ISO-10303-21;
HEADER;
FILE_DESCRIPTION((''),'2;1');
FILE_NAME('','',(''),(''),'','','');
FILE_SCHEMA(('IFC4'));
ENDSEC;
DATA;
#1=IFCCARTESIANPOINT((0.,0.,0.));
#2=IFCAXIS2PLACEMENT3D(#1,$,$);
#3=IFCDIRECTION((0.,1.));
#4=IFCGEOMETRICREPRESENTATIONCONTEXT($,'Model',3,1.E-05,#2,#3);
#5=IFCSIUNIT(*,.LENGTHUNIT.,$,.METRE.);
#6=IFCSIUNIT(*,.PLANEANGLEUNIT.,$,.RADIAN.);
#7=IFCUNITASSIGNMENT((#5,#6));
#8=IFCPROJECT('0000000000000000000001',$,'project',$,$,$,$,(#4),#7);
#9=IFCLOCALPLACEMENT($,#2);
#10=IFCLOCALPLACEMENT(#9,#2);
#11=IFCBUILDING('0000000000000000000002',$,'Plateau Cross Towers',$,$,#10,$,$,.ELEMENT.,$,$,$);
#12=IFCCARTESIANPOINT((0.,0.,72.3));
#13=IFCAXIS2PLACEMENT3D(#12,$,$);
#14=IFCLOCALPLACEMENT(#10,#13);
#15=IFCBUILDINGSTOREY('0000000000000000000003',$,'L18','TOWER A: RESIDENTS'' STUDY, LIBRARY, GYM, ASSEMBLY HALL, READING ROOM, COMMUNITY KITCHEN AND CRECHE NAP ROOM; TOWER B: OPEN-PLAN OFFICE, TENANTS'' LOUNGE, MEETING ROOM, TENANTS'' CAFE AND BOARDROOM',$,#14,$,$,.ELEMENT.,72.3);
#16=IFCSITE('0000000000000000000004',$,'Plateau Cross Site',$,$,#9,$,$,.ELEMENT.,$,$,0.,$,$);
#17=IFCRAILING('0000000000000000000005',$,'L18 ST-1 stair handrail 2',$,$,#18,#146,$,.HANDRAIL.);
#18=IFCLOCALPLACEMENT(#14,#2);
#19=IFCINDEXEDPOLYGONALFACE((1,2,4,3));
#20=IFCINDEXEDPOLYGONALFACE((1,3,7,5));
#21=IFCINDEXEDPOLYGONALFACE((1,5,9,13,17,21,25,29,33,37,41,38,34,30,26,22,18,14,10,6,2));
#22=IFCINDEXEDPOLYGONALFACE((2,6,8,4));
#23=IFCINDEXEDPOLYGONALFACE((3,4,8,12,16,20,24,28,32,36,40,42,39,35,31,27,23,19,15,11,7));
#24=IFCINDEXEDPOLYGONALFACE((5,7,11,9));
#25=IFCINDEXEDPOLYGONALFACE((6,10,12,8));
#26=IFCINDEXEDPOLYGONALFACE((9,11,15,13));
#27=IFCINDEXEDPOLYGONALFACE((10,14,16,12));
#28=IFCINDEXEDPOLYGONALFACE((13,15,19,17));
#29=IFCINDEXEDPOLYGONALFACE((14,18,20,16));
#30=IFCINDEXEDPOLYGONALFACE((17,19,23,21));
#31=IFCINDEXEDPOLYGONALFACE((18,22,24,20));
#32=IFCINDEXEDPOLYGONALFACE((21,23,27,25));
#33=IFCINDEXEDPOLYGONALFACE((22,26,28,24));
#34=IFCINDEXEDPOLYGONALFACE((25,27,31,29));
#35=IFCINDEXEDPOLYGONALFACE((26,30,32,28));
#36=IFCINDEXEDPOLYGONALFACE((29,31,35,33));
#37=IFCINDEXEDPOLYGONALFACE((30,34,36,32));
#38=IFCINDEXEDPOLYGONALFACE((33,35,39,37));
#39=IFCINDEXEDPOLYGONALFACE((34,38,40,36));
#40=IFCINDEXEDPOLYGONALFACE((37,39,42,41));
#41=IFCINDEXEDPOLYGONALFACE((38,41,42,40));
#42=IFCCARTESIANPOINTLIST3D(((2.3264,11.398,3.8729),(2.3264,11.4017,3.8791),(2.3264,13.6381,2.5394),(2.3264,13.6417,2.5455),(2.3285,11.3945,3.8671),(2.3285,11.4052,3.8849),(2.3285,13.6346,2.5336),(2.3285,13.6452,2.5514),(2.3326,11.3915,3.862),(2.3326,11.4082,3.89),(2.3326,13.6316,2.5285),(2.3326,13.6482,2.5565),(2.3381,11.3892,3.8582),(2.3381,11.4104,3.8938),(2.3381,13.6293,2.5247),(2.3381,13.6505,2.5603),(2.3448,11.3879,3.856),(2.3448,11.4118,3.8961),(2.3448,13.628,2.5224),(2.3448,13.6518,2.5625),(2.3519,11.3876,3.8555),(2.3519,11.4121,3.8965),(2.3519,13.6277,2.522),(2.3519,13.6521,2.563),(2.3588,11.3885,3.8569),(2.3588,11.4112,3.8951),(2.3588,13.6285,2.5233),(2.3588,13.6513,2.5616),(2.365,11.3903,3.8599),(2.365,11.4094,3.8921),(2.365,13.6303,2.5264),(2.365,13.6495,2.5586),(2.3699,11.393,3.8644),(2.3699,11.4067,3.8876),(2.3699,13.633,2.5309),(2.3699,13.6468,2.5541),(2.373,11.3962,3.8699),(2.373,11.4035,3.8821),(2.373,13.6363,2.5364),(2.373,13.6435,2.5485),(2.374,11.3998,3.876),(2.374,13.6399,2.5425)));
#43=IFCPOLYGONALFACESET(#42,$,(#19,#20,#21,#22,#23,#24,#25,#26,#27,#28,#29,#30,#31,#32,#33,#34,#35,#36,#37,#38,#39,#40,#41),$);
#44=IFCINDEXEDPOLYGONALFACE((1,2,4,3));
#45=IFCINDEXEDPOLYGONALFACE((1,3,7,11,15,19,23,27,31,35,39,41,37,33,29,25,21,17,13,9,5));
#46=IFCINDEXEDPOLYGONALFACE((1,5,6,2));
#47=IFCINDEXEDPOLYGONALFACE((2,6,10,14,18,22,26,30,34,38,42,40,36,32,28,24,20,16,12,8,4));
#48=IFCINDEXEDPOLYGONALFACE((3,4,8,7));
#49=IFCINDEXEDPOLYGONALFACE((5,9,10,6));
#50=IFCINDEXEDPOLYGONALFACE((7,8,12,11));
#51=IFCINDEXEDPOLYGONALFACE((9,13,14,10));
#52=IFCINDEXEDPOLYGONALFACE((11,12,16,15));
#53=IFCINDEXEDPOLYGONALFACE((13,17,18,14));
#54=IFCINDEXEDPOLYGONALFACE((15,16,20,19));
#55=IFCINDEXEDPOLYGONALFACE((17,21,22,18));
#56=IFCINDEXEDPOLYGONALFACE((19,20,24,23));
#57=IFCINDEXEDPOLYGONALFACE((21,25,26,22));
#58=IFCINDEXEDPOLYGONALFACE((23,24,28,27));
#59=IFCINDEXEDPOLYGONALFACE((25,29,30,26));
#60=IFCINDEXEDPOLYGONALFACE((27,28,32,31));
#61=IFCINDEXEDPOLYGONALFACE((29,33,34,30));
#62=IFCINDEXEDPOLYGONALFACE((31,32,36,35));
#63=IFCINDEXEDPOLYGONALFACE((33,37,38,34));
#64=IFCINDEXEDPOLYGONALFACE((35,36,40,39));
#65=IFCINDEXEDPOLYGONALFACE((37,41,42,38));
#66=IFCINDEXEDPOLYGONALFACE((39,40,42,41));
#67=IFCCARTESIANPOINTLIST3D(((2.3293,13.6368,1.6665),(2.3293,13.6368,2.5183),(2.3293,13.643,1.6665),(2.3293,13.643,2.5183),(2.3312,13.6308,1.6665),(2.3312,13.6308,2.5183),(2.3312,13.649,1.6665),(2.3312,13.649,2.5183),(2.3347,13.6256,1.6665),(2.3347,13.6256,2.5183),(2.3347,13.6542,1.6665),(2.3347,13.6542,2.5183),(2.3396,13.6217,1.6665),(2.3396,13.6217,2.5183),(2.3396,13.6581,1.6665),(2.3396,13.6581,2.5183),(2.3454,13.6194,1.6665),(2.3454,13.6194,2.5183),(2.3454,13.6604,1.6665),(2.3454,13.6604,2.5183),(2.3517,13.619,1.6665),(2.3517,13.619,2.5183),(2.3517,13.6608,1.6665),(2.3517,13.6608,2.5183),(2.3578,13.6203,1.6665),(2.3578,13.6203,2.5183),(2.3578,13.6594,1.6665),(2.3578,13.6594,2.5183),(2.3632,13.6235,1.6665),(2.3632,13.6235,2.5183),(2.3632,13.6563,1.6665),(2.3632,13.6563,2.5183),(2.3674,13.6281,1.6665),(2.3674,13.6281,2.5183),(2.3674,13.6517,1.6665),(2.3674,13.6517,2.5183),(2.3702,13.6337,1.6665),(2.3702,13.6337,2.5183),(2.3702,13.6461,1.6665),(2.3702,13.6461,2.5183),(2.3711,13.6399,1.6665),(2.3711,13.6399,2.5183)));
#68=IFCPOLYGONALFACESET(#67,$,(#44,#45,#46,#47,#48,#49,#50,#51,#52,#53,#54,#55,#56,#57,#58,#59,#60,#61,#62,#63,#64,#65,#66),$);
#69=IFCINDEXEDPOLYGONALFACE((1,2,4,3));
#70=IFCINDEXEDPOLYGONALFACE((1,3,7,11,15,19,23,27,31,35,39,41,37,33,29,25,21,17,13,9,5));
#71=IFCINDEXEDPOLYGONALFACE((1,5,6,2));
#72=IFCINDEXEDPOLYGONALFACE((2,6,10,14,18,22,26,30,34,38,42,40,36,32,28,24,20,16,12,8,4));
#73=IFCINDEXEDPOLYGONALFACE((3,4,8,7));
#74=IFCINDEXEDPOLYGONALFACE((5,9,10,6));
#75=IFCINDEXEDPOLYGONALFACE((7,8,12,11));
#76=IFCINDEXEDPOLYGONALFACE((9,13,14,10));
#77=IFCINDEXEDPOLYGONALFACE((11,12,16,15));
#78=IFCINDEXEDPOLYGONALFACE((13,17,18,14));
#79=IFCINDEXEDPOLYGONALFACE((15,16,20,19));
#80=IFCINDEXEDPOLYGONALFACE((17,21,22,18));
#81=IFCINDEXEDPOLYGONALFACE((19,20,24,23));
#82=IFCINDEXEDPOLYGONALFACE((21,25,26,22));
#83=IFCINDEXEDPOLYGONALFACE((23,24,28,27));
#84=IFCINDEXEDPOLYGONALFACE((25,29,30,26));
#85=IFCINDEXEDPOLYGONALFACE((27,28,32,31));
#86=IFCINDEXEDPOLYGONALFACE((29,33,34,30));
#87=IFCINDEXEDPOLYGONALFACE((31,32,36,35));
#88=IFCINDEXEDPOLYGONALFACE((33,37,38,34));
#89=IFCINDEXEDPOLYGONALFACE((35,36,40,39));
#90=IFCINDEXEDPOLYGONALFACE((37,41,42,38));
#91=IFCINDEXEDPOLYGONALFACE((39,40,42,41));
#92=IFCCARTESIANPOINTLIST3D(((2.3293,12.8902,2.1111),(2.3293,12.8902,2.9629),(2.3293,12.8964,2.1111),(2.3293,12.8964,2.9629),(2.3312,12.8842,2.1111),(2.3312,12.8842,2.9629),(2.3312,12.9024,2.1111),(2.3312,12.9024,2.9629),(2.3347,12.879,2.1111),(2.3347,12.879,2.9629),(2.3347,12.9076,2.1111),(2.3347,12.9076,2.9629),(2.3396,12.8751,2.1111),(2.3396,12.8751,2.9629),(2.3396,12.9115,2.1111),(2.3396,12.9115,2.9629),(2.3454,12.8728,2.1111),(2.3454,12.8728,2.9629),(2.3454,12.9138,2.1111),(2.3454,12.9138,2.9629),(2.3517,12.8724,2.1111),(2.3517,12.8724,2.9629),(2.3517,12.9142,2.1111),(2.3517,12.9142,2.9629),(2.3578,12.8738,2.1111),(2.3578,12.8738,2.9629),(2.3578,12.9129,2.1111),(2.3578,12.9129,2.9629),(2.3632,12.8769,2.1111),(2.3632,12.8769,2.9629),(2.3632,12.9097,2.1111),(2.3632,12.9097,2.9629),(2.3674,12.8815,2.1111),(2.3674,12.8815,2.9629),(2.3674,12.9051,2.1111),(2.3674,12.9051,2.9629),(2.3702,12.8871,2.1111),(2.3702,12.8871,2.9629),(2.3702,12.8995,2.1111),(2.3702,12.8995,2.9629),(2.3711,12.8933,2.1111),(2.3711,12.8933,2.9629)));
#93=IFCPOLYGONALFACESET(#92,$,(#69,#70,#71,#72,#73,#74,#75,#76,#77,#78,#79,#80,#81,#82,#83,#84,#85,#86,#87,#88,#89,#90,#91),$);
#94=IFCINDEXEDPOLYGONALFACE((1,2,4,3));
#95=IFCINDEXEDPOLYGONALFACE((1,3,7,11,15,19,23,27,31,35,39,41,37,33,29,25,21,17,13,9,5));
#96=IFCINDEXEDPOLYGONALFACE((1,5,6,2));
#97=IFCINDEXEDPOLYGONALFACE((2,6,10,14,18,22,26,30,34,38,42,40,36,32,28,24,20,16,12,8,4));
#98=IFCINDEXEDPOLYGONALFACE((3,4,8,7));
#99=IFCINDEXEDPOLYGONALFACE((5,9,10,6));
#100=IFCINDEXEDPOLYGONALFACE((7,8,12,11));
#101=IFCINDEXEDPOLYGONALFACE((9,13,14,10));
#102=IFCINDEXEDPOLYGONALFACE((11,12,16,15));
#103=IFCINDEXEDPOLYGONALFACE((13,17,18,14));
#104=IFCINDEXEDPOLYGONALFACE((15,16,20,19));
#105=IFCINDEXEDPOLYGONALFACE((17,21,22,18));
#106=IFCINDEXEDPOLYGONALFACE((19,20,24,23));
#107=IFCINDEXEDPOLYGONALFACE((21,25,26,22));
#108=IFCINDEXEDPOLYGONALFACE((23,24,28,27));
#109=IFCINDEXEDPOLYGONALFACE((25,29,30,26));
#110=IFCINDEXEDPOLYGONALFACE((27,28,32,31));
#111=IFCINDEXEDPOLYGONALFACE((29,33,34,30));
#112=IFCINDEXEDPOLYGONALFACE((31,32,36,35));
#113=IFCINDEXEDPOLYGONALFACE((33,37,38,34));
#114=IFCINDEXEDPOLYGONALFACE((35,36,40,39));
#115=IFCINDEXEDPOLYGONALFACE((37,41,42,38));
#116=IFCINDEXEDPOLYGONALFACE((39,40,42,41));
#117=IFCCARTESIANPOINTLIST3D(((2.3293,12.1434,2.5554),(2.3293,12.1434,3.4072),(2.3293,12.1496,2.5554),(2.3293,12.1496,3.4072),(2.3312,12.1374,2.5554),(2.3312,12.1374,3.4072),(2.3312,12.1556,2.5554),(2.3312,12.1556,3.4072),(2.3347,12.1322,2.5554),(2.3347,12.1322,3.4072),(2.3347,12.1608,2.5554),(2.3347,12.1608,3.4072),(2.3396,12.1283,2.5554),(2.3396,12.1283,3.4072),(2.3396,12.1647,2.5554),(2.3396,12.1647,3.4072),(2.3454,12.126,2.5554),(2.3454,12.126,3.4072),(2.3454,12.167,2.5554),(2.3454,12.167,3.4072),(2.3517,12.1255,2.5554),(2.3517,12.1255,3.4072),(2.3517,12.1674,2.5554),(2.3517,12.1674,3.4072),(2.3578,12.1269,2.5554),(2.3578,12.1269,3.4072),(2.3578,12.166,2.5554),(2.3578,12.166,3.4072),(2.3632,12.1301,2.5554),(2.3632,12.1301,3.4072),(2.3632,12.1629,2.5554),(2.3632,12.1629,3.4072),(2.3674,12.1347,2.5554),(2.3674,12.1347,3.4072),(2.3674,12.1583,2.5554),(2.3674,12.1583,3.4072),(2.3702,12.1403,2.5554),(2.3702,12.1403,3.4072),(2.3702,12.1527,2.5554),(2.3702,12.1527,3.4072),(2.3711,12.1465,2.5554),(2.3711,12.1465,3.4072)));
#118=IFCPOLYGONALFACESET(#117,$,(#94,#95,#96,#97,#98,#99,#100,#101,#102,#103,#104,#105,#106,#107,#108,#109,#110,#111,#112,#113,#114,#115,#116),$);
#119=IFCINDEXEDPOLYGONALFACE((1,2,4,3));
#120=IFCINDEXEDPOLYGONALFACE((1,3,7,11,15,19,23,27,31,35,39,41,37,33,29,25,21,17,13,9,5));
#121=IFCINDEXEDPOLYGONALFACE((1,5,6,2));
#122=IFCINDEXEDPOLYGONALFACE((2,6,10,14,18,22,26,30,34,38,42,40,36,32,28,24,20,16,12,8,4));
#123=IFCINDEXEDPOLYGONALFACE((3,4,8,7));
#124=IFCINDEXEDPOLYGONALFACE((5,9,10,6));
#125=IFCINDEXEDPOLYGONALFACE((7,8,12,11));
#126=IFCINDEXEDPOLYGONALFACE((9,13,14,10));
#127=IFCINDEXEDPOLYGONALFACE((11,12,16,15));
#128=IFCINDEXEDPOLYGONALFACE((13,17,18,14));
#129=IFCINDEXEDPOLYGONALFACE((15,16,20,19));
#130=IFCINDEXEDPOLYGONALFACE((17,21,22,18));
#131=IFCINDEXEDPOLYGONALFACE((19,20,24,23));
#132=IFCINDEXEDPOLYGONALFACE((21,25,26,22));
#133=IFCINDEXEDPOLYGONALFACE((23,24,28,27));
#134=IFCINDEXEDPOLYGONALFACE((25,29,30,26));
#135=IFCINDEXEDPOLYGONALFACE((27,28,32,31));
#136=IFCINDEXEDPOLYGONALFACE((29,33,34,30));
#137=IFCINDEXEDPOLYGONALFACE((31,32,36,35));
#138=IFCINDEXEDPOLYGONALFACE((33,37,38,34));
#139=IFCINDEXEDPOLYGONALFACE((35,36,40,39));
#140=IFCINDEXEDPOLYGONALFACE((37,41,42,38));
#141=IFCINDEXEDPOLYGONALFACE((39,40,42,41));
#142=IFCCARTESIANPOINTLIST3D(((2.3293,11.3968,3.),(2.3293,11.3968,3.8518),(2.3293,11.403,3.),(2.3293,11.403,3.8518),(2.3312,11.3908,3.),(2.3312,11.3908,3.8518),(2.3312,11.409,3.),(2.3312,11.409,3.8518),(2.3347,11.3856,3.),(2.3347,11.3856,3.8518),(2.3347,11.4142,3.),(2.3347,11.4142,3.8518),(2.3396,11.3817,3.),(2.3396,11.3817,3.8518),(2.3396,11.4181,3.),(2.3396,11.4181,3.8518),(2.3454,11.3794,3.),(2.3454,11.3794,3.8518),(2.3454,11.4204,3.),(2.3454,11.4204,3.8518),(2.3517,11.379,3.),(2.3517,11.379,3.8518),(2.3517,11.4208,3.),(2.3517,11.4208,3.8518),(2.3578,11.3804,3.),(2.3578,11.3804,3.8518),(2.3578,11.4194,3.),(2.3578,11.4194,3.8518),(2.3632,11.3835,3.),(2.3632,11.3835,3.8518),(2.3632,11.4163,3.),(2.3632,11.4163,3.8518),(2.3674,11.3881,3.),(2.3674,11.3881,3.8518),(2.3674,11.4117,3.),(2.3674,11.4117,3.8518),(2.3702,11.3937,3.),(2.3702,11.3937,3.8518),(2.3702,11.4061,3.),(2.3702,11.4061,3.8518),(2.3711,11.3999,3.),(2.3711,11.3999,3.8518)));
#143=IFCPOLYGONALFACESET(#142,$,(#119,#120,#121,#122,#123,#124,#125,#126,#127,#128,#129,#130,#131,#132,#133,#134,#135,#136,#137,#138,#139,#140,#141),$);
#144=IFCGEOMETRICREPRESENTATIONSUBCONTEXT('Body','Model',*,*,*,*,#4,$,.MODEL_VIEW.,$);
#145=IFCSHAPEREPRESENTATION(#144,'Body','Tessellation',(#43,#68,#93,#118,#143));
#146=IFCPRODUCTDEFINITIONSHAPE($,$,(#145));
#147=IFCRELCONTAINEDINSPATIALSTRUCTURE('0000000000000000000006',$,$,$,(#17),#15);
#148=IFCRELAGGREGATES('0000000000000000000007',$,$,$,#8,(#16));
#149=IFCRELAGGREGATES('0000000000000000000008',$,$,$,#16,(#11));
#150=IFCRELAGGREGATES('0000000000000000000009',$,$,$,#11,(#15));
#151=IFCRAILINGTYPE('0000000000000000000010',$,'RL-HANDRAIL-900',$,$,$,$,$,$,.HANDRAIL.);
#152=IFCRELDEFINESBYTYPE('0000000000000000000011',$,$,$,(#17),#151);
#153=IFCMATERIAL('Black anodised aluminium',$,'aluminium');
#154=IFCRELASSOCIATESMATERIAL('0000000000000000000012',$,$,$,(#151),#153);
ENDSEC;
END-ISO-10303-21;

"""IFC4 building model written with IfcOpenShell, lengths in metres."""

from ifc_helpers import new_model, si_unit, direction, frame, origin, origin_2d, place, context, subcontext, project, spatial, circle, extrude, material, type_object, element, save


model = new_model("IFC4")

# Units and contexts
model_context = context("Model", 3, precision=1e-05, world=origin(), true_north=direction((0.0, 1.0)))
body_context = subcontext(model_context, "Body", "Model", "MODEL_VIEW")
ifc_project = project(units=[si_unit("LENGTHUNIT", "METRE"), si_unit("PLANEANGLEUNIT", "RADIAN")], contexts=[model_context])

# Site, building, storey
site_placement = place(None, origin())
site = spatial("IfcSite", under=ifc_project, at=site_placement, Name="Plateau Cross Site", CompositionType="ELEMENT", RefElevation=0.0)
building_placement = place(site_placement, origin())
building = spatial("IfcBuilding", under=site, at=building_placement, Name="Plateau Cross Towers", CompositionType="ELEMENT")
storey_placement = place(building_placement, frame((0.0, 0.0, 72.3)))
storey = spatial("IfcBuildingStorey", under=building, at=storey_placement, Name="L18", Description="TOWER A: RESIDENTS' STUDY, LIBRARY, GYM, ASSEMBLY HALL, READING ROOM, COMMUNITY KITCHEN AND CRECHE NAP ROOM; TOWER B: OPEN-PLAN OFFICE, TENANTS' LOUNGE, MEETING ROOM, TENANTS' CAFE AND BOARDROOM", CompositionType="ELEMENT", Elevation=72.3)

# Shared definitions
ifc_material_1 = material(Name="Black anodised aluminium", Category="aluminium")

# Railing
railing_type_1 = type_object("IfcRailingType", Name="RL-HANDRAIL-900", PredefinedType="HANDRAIL", material=ifc_material_1)
for number, where, name in (
    (1, (2.3501, 13.6399, 1.6665), "L18 ST-1 stair handrail 2"),
):
    element("IfcRailing", number, at=place(storey_placement, frame(where)), inside=storey, type_object=railing_type_1, Name=name, PredefinedType="HANDRAIL", context=body_context, shape_type="SweptSolid", body=[
        extrude(circle(Radius=0.0239, at=origin_2d()), frame((0.0, 0.0, 0.876), z_axis=(0.0, -0.859264, 0.511532), x_axis=(1.0, 0.0, 0.0)), (0.0, 0.0, 1.0), 2.6069),
        extrude(circle(Radius=0.021, at=origin_2d()), origin(), (0.0, 0.0, 1.0), 0.8518),
        extrude(circle(Radius=0.021, at=origin_2d()), frame((0.0, -0.7466, 0.4446)), (0.0, 0.0, 1.0), 0.8518),
        extrude(circle(Radius=0.021, at=origin_2d()), frame((0.0, -1.4934, 0.8889)), (0.0, 0.0, 1.0), 0.8518),
        extrude(circle(Radius=0.021, at=origin_2d()), frame((0.0, -2.24, 1.3335)), (0.0, 0.0, 1.0), 0.8518),
    ])

save(model, "model.ifc")
